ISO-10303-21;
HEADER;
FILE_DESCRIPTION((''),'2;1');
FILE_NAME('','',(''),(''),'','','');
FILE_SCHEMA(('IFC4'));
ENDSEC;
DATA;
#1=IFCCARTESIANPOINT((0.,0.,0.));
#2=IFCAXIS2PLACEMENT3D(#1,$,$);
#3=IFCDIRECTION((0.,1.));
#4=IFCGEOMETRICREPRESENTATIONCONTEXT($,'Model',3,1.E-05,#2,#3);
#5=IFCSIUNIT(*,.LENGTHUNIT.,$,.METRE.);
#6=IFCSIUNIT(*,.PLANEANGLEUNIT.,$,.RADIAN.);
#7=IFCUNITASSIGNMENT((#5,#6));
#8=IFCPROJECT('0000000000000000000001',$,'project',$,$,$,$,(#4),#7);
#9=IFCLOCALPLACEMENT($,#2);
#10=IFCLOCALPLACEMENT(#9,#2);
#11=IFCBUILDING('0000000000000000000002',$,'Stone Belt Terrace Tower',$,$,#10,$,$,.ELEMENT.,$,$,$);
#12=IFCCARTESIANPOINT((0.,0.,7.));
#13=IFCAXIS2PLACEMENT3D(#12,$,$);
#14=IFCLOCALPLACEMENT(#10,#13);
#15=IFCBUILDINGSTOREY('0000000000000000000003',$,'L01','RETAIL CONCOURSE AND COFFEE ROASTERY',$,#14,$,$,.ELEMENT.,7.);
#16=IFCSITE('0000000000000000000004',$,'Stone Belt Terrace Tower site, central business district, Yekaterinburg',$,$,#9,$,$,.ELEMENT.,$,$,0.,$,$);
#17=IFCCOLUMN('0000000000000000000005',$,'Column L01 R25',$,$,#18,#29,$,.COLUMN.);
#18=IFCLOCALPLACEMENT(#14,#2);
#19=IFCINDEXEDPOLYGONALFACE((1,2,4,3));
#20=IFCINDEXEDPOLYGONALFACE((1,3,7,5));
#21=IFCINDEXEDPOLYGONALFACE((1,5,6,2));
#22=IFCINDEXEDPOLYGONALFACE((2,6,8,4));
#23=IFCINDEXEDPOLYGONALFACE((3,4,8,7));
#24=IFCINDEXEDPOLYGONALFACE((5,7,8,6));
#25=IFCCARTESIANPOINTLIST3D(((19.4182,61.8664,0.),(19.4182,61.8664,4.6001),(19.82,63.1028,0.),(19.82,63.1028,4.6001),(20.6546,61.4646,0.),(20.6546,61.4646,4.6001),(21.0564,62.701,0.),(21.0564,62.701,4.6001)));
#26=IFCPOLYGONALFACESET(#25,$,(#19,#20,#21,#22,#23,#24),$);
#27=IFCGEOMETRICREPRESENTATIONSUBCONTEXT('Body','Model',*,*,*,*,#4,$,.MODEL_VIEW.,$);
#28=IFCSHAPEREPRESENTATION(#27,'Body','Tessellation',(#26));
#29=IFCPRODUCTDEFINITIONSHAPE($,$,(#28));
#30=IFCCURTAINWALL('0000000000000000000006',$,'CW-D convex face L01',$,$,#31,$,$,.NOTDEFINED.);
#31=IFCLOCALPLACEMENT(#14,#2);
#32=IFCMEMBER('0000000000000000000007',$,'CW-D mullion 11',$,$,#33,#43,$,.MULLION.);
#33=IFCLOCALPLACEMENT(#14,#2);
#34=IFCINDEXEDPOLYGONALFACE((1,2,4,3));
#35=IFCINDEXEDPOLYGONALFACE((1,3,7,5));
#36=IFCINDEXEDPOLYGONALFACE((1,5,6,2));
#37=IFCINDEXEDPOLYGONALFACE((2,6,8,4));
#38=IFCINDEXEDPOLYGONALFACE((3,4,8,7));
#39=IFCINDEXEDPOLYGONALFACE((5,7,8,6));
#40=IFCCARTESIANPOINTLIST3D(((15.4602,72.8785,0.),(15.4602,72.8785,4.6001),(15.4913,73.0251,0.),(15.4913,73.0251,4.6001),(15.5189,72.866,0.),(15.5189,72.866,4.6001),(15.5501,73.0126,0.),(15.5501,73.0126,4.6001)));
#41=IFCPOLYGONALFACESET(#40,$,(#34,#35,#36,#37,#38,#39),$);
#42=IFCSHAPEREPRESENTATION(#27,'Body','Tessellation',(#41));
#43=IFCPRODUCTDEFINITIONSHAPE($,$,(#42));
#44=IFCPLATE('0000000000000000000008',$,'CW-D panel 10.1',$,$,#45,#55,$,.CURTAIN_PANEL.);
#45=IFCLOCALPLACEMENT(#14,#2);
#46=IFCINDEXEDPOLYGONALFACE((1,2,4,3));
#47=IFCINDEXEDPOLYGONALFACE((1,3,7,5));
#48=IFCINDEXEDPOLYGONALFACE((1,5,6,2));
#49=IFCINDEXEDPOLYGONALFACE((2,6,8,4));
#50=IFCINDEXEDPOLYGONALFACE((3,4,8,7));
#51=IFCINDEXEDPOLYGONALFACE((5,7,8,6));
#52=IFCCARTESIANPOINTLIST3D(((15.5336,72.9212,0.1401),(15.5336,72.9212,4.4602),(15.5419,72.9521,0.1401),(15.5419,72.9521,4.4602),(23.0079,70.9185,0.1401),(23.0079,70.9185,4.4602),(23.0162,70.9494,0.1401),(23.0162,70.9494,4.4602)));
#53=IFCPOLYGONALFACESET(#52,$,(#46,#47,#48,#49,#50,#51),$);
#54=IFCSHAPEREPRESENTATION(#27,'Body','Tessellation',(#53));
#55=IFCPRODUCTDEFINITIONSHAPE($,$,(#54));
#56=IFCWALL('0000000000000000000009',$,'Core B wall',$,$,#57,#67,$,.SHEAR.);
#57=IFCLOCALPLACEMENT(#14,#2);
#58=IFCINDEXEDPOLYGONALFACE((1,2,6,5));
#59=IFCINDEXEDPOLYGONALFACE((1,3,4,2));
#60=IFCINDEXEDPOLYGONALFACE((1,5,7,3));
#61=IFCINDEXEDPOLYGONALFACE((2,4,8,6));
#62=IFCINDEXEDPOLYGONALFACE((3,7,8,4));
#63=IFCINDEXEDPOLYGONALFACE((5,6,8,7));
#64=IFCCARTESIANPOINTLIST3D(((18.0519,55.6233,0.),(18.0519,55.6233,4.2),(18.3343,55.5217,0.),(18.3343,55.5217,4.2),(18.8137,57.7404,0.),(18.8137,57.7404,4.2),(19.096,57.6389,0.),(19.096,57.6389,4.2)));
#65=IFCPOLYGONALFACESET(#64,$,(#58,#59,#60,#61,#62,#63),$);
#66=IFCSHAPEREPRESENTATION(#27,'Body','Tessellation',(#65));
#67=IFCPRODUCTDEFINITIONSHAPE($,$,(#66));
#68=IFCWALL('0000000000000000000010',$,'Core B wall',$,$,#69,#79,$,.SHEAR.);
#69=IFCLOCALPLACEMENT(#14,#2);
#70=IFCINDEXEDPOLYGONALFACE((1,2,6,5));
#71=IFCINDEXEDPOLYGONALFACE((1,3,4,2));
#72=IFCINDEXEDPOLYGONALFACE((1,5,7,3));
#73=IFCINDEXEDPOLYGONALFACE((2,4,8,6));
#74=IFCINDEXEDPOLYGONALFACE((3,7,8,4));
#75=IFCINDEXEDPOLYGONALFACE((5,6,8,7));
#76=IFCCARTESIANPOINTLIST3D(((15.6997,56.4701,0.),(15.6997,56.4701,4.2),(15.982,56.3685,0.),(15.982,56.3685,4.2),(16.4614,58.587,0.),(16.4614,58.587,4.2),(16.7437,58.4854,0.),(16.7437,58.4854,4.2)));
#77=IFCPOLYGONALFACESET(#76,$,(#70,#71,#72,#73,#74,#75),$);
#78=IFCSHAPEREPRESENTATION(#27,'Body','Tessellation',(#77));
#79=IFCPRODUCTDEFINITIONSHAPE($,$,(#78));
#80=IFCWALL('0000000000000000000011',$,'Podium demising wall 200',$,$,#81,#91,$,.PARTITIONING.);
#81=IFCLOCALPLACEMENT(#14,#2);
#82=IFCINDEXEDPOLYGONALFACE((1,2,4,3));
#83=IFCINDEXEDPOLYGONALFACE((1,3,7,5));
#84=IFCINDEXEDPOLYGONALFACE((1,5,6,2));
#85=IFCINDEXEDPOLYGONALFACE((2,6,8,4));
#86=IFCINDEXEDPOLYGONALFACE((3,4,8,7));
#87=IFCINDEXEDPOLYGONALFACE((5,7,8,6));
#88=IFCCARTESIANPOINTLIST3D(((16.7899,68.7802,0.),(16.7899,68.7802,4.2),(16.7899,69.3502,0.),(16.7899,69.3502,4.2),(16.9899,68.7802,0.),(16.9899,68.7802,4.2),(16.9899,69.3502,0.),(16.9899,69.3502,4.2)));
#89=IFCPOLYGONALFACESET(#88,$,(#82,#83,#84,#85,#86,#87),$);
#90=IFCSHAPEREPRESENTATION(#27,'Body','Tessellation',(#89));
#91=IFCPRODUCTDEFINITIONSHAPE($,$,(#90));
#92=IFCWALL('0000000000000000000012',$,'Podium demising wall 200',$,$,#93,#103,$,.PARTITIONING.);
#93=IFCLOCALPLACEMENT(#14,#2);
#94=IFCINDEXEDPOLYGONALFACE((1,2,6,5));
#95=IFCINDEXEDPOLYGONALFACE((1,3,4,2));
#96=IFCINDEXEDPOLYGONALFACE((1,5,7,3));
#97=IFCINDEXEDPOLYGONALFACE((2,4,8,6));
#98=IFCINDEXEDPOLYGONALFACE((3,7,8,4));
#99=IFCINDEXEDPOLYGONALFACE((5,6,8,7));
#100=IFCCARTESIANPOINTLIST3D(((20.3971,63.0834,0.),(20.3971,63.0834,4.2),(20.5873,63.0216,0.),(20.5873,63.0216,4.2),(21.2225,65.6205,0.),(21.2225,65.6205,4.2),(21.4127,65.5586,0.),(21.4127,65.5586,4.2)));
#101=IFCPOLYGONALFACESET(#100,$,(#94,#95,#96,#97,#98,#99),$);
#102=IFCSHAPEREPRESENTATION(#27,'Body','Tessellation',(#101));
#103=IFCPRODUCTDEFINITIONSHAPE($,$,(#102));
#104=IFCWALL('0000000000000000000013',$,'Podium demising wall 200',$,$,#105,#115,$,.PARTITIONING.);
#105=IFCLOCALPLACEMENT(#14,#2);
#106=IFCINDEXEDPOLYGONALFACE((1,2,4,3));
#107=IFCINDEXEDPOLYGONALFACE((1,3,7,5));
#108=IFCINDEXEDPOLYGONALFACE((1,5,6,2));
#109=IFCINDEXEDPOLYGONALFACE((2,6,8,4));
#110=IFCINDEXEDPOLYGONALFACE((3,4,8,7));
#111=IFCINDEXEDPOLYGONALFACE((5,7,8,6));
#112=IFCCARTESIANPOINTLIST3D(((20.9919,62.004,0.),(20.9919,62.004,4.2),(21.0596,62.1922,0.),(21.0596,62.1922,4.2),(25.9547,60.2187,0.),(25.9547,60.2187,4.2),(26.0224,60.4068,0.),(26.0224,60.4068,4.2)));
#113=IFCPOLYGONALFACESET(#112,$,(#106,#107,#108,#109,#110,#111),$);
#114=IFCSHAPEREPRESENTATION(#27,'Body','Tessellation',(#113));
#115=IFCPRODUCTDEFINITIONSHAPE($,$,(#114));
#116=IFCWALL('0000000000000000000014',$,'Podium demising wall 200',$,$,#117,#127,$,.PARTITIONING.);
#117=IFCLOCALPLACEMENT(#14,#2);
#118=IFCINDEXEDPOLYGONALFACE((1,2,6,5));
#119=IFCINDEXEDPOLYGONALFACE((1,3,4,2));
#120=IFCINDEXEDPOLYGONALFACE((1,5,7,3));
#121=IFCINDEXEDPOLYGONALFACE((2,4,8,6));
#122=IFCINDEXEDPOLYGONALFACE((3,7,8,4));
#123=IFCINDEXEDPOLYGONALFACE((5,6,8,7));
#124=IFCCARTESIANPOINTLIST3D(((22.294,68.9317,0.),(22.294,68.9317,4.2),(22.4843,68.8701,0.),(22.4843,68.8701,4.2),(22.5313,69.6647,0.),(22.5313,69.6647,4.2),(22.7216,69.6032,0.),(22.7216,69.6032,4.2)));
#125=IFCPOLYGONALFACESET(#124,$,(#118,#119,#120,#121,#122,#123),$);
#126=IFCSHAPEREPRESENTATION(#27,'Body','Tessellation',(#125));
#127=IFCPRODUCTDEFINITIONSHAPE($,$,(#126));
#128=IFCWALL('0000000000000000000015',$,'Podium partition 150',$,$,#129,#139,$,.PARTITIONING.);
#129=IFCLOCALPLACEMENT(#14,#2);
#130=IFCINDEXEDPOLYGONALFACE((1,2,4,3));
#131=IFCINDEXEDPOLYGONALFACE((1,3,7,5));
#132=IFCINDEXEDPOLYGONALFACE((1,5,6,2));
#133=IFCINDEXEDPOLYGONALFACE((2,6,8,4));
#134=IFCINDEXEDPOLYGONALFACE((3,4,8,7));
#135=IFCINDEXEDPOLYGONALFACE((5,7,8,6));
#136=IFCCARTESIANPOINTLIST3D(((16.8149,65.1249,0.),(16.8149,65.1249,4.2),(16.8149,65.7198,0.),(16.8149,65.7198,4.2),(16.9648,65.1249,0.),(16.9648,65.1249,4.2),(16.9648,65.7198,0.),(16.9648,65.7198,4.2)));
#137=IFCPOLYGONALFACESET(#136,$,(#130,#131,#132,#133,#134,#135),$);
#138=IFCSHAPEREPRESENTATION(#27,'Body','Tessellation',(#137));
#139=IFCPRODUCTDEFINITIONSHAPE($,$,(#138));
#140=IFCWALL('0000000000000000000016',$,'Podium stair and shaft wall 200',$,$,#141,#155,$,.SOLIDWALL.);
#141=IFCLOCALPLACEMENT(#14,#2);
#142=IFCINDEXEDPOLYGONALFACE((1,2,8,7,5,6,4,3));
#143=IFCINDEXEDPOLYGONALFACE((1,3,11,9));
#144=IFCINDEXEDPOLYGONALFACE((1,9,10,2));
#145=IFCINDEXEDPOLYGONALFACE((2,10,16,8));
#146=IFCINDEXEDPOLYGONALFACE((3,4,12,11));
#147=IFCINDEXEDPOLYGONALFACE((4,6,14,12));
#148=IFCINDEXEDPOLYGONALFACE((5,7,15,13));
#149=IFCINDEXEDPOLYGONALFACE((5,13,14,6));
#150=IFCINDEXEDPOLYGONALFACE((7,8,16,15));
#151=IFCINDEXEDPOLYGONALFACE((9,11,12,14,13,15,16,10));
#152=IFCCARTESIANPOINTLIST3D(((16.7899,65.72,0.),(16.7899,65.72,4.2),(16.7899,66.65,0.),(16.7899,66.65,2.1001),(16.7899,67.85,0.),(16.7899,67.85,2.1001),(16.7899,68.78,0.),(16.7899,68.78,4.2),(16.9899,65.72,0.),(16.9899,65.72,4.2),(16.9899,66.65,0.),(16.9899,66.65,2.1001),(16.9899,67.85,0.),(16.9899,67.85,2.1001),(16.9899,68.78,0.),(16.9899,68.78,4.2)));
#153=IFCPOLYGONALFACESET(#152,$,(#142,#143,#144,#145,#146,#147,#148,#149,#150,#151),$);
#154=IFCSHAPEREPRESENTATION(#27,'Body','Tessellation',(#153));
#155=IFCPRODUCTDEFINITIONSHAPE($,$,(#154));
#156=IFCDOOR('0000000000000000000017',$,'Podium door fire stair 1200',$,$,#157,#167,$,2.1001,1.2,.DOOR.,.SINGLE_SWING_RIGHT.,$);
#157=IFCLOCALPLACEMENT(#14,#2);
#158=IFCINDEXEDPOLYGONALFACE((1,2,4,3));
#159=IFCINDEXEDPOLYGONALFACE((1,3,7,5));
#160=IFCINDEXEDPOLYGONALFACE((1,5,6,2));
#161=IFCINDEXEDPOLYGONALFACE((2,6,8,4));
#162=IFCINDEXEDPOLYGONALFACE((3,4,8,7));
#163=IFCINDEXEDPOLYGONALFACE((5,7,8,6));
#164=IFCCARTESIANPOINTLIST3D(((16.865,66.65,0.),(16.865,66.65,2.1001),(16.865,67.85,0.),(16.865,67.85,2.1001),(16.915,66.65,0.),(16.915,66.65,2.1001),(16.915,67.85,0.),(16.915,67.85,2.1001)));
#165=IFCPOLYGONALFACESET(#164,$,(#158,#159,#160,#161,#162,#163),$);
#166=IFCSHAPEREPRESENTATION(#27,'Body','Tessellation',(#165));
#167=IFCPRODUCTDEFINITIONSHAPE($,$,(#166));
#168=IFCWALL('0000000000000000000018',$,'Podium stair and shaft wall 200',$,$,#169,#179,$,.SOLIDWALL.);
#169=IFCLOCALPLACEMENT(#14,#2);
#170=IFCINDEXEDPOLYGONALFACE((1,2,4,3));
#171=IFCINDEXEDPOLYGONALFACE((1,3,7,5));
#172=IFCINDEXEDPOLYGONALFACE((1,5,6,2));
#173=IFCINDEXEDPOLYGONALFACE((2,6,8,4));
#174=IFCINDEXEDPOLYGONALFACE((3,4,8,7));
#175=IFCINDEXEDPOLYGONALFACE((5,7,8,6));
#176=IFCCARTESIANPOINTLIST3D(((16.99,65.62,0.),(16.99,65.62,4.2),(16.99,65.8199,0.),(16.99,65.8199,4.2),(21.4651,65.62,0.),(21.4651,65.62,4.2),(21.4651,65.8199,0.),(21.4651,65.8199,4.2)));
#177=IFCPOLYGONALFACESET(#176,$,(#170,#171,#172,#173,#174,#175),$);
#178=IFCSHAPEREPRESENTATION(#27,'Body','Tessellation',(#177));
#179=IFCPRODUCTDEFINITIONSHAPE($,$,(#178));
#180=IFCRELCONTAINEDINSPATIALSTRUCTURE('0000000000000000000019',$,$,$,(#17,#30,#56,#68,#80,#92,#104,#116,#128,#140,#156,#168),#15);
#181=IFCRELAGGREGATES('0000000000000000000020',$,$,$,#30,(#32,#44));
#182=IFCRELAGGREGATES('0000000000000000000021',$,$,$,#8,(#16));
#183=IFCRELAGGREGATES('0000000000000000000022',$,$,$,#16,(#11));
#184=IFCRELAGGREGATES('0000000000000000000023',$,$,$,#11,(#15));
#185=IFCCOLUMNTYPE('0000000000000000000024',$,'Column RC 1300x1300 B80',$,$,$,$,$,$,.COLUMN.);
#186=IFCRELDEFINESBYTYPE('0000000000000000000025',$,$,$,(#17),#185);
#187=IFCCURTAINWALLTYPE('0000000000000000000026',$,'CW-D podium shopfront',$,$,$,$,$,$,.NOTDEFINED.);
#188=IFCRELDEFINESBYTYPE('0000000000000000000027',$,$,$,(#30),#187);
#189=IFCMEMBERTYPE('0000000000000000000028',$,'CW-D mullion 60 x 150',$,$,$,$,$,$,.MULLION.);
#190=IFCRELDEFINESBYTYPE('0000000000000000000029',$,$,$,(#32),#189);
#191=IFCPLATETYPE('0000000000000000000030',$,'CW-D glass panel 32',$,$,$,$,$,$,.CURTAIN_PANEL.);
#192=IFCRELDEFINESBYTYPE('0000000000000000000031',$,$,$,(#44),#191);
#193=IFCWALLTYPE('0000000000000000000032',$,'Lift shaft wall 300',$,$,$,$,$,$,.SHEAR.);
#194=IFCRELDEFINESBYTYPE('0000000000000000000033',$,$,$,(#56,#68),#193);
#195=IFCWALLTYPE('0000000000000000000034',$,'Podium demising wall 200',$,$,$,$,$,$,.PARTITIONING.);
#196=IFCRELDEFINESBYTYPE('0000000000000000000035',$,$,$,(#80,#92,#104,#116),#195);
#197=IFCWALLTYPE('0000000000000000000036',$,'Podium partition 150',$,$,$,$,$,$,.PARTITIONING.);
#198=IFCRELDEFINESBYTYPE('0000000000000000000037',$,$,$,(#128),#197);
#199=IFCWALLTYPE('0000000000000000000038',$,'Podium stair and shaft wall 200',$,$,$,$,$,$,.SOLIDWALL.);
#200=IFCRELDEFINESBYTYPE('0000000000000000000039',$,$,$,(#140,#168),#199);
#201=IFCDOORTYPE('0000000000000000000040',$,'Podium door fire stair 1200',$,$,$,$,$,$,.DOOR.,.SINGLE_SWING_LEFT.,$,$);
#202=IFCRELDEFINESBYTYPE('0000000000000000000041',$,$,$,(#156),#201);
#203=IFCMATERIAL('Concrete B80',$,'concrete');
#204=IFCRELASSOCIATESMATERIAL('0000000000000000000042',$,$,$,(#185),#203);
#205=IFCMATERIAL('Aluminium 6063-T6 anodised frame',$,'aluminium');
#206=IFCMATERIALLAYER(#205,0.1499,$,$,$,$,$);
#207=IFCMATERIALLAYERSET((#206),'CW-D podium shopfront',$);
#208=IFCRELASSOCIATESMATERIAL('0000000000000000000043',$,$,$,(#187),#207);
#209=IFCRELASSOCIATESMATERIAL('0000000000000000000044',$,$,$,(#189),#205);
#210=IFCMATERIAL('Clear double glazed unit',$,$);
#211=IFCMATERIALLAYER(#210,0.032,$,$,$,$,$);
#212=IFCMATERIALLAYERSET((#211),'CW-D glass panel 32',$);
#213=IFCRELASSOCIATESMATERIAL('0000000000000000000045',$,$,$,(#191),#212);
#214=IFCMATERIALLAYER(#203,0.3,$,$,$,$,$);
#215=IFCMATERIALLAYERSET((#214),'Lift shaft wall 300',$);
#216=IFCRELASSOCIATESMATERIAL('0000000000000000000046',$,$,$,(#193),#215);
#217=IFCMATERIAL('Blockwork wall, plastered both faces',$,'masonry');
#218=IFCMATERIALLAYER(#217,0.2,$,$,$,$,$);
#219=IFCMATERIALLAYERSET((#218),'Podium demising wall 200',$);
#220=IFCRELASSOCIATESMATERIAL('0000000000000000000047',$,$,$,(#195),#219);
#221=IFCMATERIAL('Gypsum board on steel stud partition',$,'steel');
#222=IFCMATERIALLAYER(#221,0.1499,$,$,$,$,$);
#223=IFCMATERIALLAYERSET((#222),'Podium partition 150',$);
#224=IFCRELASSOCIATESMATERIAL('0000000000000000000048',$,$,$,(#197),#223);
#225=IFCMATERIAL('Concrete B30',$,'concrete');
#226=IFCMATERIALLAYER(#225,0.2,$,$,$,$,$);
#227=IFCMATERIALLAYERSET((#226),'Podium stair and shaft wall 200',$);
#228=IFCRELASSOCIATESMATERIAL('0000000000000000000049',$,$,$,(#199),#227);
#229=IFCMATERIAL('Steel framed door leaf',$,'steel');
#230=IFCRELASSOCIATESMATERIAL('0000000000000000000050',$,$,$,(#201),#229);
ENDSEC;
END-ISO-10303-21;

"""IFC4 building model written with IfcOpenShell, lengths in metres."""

from ifc_helpers import new_model, si_unit, direction, frame, frame_2d, origin, origin_2d, place, context, subcontext, project, spatial, rectangle, extrude, material, layer, layer_set, material_profile, profile_set, type_object, element, fill, aggregate, save


model = new_model("IFC4")

# Units and contexts
model_context = context("Model", 3, precision=1e-05, world=origin(), true_north=direction((0.0, 1.0)))
body_context = subcontext(model_context, "Body", "Model", "MODEL_VIEW")
ifc_project = project(units=[si_unit("LENGTHUNIT", "METRE"), si_unit("PLANEANGLEUNIT", "RADIAN")], contexts=[model_context])

# Site, building, storey
site_placement = place(None, origin())
site = spatial("IfcSite", under=ifc_project, at=site_placement, Name="Stone Belt Terrace Tower site, central business district, Yekaterinburg", CompositionType="ELEMENT", RefElevation=0.0)
building_placement = place(site_placement, origin())
building = spatial("IfcBuilding", under=site, at=building_placement, Name="Stone Belt Terrace Tower", CompositionType="ELEMENT")
storey_placement = place(building_placement, frame((0.0, 0.0, 7.0)))
storey = spatial("IfcBuildingStorey", under=building, at=storey_placement, Name="L01", Description="RETAIL CONCOURSE AND COFFEE ROASTERY", CompositionType="ELEMENT", Elevation=7.0)

# Column
ifc_material_1 = material(Name="Concrete B80", Category="concrete")
ifc_material_profile_1 = material_profile(ifc_material_1, rectangle(XDim=1.3, YDim=1.3, at=origin_2d()), Name="RC 1300x1300")
ifc_profile_set_1 = profile_set([ifc_material_profile_1], Name="Concrete B80")
column_type = type_object("IfcColumnType", Name="Column RC 1300x1300 B80", PredefinedType="COLUMN", material=ifc_profile_set_1)
column_placement = place(storey_placement, frame((20.2373, 62.2837, 0.0), z_axis=(0.0, 0.0, 1.0), x_axis=(0.951057, -0.309017, 0.0)))
element("IfcColumn", 1, at=column_placement, inside=storey, type_object=column_type, Name="Column L01 R25", PredefinedType="COLUMN", context=body_context, shape_type="SweptSolid", body=[
    extrude(rectangle(XDim=1.3, YDim=1.3, at=origin_2d()), origin(), (0.0, 0.0, 1.0), 4.6001),
])

# Curtain wall, member, plate
ifc_material_2 = material(Name="Aluminium 6063-T6 anodised frame", Category="aluminium")
ifc_layer_1 = layer(ifc_material_2, 0.1499)
ifc_layer_set_1 = layer_set([ifc_layer_1], Name="CW-D podium shopfront")
curtain_wall_type = type_object("IfcCurtainWallType", Name="CW-D podium shopfront", PredefinedType="NOTDEFINED", material=ifc_layer_set_1)
curtain_wall_placement = place(storey_placement, origin())
curtain_wall = element("IfcCurtainWall", 2, at=curtain_wall_placement, inside=storey, type_object=curtain_wall_type, Name="CW-D convex face L01", PredefinedType="NOTDEFINED")
ifc_material_profile_2 = material_profile(ifc_material_2, rectangle(XDim=0.1499, YDim=0.0601, at=origin_2d()), Name="Aluminium 6063-T6 60x150")
ifc_profile_set_2 = profile_set([ifc_material_profile_2], Name="Aluminium 6063-T6 anodised frame")
member_type = type_object("IfcMemberType", Name="CW-D mullion 60 x 150", PredefinedType="MULLION", material=ifc_profile_set_2)
member_placement = place(storey_placement, frame((15.5051, 72.9456, 0.0), z_axis=(0.0, 0.0, 1.0), x_axis=(-0.207912, -0.978148, 0.0)))
member = element("IfcMember", 3, at=member_placement, type_object=member_type, Name="CW-D mullion 11", PredefinedType="MULLION", context=body_context, shape_type="SweptSolid", body=[
    extrude(rectangle(XDim=0.1499, YDim=0.0601, at=origin_2d()), origin(), (0.0, 0.0, 1.0), 4.6001),
])
ifc_material_3 = material(Name="Clear double glazed unit")
ifc_layer_2 = layer(ifc_material_3, 0.032)
ifc_layer_set_2 = layer_set([ifc_layer_2], Name="CW-D glass panel 32")
plate_type = type_object("IfcPlateType", Name="CW-D glass panel 32", PredefinedType="CURTAIN_PANEL", material=ifc_layer_set_2)
plate_placement = place(storey_placement, frame((19.2749, 71.9353, 0.1401), z_axis=(0.0, 0.0, 1.0), x_axis=(-0.965926, 0.258819, 0.0)))
plate = element("IfcPlate", 4, at=plate_placement, type_object=plate_type, Name="CW-D panel 10.1", PredefinedType="CURTAIN_PANEL", context=body_context, shape_type="SweptSolid", body=[
    extrude(rectangle(XDim=7.738, YDim=0.032, at=origin_2d()), origin(), (0.0, 0.0, 1.0), 4.3201),
])
aggregate(curtain_wall, [member, plate])

# Walls
ifc_layer_3 = layer(ifc_material_1, 0.3)
ifc_layer_set_3 = layer_set([ifc_layer_3], Name="Lift shaft wall 300")
wall_type_1 = type_object("IfcWallType", Name="Lift shaft wall 300", PredefinedType="SHEAR", material=ifc_layer_set_3)
wall_1_placement = place(storey_placement, frame((18.1931, 55.5725, 0.0), z_axis=(0.0, 0.0, 1.0), x_axis=(0.338535, 0.940954, 0.0)))
element("IfcWall", 5, at=wall_1_placement, inside=storey, type_object=wall_type_1, Name="Core B wall", PredefinedType="SHEAR", context=body_context, shape_type="SweptSolid", body=[
    extrude(rectangle(XDim=2.25, YDim=0.3, at=frame_2d((1.125, 0.0))), origin(), (0.0, 0.0, 1.0), 4.2),
])
wall_2_placement = place(storey_placement, frame((15.8408, 56.4192, 0.0), z_axis=(0.0, 0.0, 1.0), x_axis=(0.33857, 0.940941, 0.0)))
element("IfcWall", 6, at=wall_2_placement, inside=storey, type_object=wall_type_1, Name="Core B wall", PredefinedType="SHEAR", context=body_context, shape_type="SweptSolid", body=[
    extrude(rectangle(XDim=2.2498, YDim=0.3, at=frame_2d((1.125, 0.0))), origin(), (0.0, 0.0, 1.0), 4.2),
])
ifc_material_4 = material(Name="Blockwork wall, plastered both faces", Category="masonry")
ifc_layer_4 = layer(ifc_material_4, 0.2)
ifc_layer_set_4 = layer_set([ifc_layer_4], Name="Podium demising wall 200")
wall_type_2 = type_object("IfcWallType", Name="Podium demising wall 200", PredefinedType="PARTITIONING", material=ifc_layer_set_4)
wall_3_placement = place(storey_placement, frame((16.8899, 68.78, 0.0), z_axis=(0.0, 0.0, 1.0), x_axis=(0.0, 1.0, 0.0)))
element("IfcWall", 7, at=wall_3_placement, inside=storey, type_object=wall_type_2, Name="Podium demising wall 200", PredefinedType="PARTITIONING", context=body_context, shape_type="SweptSolid", body=[
    extrude(rectangle(XDim=0.5701, YDim=0.2, at=frame_2d((0.2852, 0.0))), origin(), (0.0, 0.0, 1.0), 4.2),
])
wall_4_placement = place(storey_placement, frame((20.4922, 63.0525, 0.0), z_axis=(0.0, 0.0, 1.0), x_axis=(0.309384, 0.950937, 0.0)))
element("IfcWall", 8, at=wall_4_placement, inside=storey, type_object=wall_type_2, Name="Podium demising wall 200", PredefinedType="PARTITIONING", context=body_context, shape_type="SweptSolid", body=[
    extrude(rectangle(XDim=2.668, YDim=0.2, at=frame_2d((1.334, 0.0))), origin(), (0.0, 0.0, 1.0), 4.2),
])
wall_5_placement = place(storey_placement, frame((21.0256, 62.0981, 0.0), z_axis=(0.0, 0.0, 1.0), x_axis=(0.940962, -0.338511, 0.0)))
element("IfcWall", 9, at=wall_5_placement, inside=storey, type_object=wall_type_2, Name="Podium demising wall 200", PredefinedType="PARTITIONING", context=body_context, shape_type="SweptSolid", body=[
    extrude(rectangle(XDim=5.2742, YDim=0.2, at=frame_2d((2.6372, 0.0))), origin(), (0.0, 0.0, 1.0), 4.2),
])
wall_6_placement = place(storey_placement, frame((22.3892, 68.9009, 0.0), z_axis=(0.0, 0.0, 1.0), x_axis=(0.307947, 0.951404, 0.0)))
element("IfcWall", 10, at=wall_6_placement, inside=storey, type_object=wall_type_2, Name="Podium demising wall 200", PredefinedType="PARTITIONING", context=body_context, shape_type="SweptSolid", body=[
    extrude(rectangle(XDim=0.7705, YDim=0.2, at=frame_2d((0.3853, 0.0))), origin(), (0.0, 0.0, 1.0), 4.2),
])
ifc_material_5 = material(Name="Gypsum board on steel stud partition", Category="steel")
ifc_layer_5 = layer(ifc_material_5, 0.1499)
ifc_layer_set_5 = layer_set([ifc_layer_5], Name="Podium partition 150")
wall_type_3 = type_object("IfcWallType", Name="Podium partition 150", PredefinedType="PARTITIONING", material=ifc_layer_set_5)
wall_7_placement = place(storey_placement, frame((16.8899, 65.125, 0.0), z_axis=(0.0, 0.0, 1.0), x_axis=(0.0, 1.0, 0.0)))
element("IfcWall", 11, at=wall_7_placement, inside=storey, type_object=wall_type_3, Name="Podium partition 150", PredefinedType="PARTITIONING", context=body_context, shape_type="SweptSolid", body=[
    extrude(rectangle(XDim=0.595, YDim=0.1499, at=frame_2d((0.2974, 0.0))), origin(), (0.0, 0.0, 1.0), 4.2),
])

# Wall, opening, door
ifc_material_6 = material(Name="Concrete B30", Category="concrete")
ifc_layer_6 = layer(ifc_material_6, 0.2)
ifc_layer_set_6 = layer_set([ifc_layer_6], Name="Podium stair and shaft wall 200")
wall_type_4 = type_object("IfcWallType", Name="Podium stair and shaft wall 200", PredefinedType="SOLIDWALL", material=ifc_layer_set_6)
wall_8_placement = place(storey_placement, frame((16.8899, 65.72, 0.0), z_axis=(0.0, 0.0, 1.0), x_axis=(0.0, 1.0, 0.0)))
wall_8 = element("IfcWall", 12, at=wall_8_placement, inside=storey, type_object=wall_type_4, Name="Podium stair and shaft wall 200", PredefinedType="SOLIDWALL", context=body_context, shape_type="SweptSolid", body=[
    extrude(rectangle(XDim=3.0601, YDim=0.2, at=frame_2d((1.53, 0.0))), origin(), (0.0, 0.0, 1.0), 4.2),
])
opening_placement = place(wall_8_placement, frame((0.9299, 0.0, 0.0)))
opening = element("IfcOpeningElement", 13, at=opening_placement, cuts=wall_8, PredefinedType="OPENING", context=body_context, shape_type="SweptSolid", body=[
    extrude(rectangle(XDim=1.2, YDim=2.1001, at=frame_2d((0.6001, 1.05))), frame((0.0, 0.1099, 0.0), z_axis=(0.0, -1.0, 0.0), x_axis=(1.0, 0.0, 0.0)), (0.0, 0.0, 1.0), 0.22),
])
ifc_material_7 = material(Name="Steel framed door leaf", Category="steel")
door_type = type_object("IfcDoorType", Name="Podium door fire stair 1200", OperationType="SINGLE_SWING_LEFT", PredefinedType="DOOR", material=ifc_material_7)
door_placement = place(opening_placement, origin())
door = element("IfcDoor", 14, at=door_placement, inside=storey, type_object=door_type, Name="Podium door fire stair 1200", OperationType="SINGLE_SWING_RIGHT", OverallHeight=2.1001, OverallWidth=1.2, PredefinedType="DOOR", context=body_context, shape_type="SweptSolid", body=[
    extrude(rectangle(XDim=1.2, YDim=2.1001, at=frame_2d((0.6001, 1.05))), frame((0.0, 0.0249, 0.0), z_axis=(0.0, -1.0, 0.0), x_axis=(1.0, 0.0, 0.0)), (0.0, 0.0, 1.0), 0.05),
])
fill(opening, door)

# Wall
wall_9_placement = place(storey_placement, frame((16.99, 65.72, 0.0), z_axis=(0.0, 0.0, 1.0), x_axis=(1.0, 0.0, 0.0)))
element("IfcWall", 15, at=wall_9_placement, inside=storey, type_object=wall_type_4, Name="Podium stair and shaft wall 200", PredefinedType="SOLIDWALL", context=body_context, shape_type="SweptSolid", body=[
    extrude(rectangle(XDim=4.4751, YDim=0.2, at=frame_2d((2.2375, 0.0))), origin(), (0.0, 0.0, 1.0), 4.2),
])

save(model, "model.ifc")
